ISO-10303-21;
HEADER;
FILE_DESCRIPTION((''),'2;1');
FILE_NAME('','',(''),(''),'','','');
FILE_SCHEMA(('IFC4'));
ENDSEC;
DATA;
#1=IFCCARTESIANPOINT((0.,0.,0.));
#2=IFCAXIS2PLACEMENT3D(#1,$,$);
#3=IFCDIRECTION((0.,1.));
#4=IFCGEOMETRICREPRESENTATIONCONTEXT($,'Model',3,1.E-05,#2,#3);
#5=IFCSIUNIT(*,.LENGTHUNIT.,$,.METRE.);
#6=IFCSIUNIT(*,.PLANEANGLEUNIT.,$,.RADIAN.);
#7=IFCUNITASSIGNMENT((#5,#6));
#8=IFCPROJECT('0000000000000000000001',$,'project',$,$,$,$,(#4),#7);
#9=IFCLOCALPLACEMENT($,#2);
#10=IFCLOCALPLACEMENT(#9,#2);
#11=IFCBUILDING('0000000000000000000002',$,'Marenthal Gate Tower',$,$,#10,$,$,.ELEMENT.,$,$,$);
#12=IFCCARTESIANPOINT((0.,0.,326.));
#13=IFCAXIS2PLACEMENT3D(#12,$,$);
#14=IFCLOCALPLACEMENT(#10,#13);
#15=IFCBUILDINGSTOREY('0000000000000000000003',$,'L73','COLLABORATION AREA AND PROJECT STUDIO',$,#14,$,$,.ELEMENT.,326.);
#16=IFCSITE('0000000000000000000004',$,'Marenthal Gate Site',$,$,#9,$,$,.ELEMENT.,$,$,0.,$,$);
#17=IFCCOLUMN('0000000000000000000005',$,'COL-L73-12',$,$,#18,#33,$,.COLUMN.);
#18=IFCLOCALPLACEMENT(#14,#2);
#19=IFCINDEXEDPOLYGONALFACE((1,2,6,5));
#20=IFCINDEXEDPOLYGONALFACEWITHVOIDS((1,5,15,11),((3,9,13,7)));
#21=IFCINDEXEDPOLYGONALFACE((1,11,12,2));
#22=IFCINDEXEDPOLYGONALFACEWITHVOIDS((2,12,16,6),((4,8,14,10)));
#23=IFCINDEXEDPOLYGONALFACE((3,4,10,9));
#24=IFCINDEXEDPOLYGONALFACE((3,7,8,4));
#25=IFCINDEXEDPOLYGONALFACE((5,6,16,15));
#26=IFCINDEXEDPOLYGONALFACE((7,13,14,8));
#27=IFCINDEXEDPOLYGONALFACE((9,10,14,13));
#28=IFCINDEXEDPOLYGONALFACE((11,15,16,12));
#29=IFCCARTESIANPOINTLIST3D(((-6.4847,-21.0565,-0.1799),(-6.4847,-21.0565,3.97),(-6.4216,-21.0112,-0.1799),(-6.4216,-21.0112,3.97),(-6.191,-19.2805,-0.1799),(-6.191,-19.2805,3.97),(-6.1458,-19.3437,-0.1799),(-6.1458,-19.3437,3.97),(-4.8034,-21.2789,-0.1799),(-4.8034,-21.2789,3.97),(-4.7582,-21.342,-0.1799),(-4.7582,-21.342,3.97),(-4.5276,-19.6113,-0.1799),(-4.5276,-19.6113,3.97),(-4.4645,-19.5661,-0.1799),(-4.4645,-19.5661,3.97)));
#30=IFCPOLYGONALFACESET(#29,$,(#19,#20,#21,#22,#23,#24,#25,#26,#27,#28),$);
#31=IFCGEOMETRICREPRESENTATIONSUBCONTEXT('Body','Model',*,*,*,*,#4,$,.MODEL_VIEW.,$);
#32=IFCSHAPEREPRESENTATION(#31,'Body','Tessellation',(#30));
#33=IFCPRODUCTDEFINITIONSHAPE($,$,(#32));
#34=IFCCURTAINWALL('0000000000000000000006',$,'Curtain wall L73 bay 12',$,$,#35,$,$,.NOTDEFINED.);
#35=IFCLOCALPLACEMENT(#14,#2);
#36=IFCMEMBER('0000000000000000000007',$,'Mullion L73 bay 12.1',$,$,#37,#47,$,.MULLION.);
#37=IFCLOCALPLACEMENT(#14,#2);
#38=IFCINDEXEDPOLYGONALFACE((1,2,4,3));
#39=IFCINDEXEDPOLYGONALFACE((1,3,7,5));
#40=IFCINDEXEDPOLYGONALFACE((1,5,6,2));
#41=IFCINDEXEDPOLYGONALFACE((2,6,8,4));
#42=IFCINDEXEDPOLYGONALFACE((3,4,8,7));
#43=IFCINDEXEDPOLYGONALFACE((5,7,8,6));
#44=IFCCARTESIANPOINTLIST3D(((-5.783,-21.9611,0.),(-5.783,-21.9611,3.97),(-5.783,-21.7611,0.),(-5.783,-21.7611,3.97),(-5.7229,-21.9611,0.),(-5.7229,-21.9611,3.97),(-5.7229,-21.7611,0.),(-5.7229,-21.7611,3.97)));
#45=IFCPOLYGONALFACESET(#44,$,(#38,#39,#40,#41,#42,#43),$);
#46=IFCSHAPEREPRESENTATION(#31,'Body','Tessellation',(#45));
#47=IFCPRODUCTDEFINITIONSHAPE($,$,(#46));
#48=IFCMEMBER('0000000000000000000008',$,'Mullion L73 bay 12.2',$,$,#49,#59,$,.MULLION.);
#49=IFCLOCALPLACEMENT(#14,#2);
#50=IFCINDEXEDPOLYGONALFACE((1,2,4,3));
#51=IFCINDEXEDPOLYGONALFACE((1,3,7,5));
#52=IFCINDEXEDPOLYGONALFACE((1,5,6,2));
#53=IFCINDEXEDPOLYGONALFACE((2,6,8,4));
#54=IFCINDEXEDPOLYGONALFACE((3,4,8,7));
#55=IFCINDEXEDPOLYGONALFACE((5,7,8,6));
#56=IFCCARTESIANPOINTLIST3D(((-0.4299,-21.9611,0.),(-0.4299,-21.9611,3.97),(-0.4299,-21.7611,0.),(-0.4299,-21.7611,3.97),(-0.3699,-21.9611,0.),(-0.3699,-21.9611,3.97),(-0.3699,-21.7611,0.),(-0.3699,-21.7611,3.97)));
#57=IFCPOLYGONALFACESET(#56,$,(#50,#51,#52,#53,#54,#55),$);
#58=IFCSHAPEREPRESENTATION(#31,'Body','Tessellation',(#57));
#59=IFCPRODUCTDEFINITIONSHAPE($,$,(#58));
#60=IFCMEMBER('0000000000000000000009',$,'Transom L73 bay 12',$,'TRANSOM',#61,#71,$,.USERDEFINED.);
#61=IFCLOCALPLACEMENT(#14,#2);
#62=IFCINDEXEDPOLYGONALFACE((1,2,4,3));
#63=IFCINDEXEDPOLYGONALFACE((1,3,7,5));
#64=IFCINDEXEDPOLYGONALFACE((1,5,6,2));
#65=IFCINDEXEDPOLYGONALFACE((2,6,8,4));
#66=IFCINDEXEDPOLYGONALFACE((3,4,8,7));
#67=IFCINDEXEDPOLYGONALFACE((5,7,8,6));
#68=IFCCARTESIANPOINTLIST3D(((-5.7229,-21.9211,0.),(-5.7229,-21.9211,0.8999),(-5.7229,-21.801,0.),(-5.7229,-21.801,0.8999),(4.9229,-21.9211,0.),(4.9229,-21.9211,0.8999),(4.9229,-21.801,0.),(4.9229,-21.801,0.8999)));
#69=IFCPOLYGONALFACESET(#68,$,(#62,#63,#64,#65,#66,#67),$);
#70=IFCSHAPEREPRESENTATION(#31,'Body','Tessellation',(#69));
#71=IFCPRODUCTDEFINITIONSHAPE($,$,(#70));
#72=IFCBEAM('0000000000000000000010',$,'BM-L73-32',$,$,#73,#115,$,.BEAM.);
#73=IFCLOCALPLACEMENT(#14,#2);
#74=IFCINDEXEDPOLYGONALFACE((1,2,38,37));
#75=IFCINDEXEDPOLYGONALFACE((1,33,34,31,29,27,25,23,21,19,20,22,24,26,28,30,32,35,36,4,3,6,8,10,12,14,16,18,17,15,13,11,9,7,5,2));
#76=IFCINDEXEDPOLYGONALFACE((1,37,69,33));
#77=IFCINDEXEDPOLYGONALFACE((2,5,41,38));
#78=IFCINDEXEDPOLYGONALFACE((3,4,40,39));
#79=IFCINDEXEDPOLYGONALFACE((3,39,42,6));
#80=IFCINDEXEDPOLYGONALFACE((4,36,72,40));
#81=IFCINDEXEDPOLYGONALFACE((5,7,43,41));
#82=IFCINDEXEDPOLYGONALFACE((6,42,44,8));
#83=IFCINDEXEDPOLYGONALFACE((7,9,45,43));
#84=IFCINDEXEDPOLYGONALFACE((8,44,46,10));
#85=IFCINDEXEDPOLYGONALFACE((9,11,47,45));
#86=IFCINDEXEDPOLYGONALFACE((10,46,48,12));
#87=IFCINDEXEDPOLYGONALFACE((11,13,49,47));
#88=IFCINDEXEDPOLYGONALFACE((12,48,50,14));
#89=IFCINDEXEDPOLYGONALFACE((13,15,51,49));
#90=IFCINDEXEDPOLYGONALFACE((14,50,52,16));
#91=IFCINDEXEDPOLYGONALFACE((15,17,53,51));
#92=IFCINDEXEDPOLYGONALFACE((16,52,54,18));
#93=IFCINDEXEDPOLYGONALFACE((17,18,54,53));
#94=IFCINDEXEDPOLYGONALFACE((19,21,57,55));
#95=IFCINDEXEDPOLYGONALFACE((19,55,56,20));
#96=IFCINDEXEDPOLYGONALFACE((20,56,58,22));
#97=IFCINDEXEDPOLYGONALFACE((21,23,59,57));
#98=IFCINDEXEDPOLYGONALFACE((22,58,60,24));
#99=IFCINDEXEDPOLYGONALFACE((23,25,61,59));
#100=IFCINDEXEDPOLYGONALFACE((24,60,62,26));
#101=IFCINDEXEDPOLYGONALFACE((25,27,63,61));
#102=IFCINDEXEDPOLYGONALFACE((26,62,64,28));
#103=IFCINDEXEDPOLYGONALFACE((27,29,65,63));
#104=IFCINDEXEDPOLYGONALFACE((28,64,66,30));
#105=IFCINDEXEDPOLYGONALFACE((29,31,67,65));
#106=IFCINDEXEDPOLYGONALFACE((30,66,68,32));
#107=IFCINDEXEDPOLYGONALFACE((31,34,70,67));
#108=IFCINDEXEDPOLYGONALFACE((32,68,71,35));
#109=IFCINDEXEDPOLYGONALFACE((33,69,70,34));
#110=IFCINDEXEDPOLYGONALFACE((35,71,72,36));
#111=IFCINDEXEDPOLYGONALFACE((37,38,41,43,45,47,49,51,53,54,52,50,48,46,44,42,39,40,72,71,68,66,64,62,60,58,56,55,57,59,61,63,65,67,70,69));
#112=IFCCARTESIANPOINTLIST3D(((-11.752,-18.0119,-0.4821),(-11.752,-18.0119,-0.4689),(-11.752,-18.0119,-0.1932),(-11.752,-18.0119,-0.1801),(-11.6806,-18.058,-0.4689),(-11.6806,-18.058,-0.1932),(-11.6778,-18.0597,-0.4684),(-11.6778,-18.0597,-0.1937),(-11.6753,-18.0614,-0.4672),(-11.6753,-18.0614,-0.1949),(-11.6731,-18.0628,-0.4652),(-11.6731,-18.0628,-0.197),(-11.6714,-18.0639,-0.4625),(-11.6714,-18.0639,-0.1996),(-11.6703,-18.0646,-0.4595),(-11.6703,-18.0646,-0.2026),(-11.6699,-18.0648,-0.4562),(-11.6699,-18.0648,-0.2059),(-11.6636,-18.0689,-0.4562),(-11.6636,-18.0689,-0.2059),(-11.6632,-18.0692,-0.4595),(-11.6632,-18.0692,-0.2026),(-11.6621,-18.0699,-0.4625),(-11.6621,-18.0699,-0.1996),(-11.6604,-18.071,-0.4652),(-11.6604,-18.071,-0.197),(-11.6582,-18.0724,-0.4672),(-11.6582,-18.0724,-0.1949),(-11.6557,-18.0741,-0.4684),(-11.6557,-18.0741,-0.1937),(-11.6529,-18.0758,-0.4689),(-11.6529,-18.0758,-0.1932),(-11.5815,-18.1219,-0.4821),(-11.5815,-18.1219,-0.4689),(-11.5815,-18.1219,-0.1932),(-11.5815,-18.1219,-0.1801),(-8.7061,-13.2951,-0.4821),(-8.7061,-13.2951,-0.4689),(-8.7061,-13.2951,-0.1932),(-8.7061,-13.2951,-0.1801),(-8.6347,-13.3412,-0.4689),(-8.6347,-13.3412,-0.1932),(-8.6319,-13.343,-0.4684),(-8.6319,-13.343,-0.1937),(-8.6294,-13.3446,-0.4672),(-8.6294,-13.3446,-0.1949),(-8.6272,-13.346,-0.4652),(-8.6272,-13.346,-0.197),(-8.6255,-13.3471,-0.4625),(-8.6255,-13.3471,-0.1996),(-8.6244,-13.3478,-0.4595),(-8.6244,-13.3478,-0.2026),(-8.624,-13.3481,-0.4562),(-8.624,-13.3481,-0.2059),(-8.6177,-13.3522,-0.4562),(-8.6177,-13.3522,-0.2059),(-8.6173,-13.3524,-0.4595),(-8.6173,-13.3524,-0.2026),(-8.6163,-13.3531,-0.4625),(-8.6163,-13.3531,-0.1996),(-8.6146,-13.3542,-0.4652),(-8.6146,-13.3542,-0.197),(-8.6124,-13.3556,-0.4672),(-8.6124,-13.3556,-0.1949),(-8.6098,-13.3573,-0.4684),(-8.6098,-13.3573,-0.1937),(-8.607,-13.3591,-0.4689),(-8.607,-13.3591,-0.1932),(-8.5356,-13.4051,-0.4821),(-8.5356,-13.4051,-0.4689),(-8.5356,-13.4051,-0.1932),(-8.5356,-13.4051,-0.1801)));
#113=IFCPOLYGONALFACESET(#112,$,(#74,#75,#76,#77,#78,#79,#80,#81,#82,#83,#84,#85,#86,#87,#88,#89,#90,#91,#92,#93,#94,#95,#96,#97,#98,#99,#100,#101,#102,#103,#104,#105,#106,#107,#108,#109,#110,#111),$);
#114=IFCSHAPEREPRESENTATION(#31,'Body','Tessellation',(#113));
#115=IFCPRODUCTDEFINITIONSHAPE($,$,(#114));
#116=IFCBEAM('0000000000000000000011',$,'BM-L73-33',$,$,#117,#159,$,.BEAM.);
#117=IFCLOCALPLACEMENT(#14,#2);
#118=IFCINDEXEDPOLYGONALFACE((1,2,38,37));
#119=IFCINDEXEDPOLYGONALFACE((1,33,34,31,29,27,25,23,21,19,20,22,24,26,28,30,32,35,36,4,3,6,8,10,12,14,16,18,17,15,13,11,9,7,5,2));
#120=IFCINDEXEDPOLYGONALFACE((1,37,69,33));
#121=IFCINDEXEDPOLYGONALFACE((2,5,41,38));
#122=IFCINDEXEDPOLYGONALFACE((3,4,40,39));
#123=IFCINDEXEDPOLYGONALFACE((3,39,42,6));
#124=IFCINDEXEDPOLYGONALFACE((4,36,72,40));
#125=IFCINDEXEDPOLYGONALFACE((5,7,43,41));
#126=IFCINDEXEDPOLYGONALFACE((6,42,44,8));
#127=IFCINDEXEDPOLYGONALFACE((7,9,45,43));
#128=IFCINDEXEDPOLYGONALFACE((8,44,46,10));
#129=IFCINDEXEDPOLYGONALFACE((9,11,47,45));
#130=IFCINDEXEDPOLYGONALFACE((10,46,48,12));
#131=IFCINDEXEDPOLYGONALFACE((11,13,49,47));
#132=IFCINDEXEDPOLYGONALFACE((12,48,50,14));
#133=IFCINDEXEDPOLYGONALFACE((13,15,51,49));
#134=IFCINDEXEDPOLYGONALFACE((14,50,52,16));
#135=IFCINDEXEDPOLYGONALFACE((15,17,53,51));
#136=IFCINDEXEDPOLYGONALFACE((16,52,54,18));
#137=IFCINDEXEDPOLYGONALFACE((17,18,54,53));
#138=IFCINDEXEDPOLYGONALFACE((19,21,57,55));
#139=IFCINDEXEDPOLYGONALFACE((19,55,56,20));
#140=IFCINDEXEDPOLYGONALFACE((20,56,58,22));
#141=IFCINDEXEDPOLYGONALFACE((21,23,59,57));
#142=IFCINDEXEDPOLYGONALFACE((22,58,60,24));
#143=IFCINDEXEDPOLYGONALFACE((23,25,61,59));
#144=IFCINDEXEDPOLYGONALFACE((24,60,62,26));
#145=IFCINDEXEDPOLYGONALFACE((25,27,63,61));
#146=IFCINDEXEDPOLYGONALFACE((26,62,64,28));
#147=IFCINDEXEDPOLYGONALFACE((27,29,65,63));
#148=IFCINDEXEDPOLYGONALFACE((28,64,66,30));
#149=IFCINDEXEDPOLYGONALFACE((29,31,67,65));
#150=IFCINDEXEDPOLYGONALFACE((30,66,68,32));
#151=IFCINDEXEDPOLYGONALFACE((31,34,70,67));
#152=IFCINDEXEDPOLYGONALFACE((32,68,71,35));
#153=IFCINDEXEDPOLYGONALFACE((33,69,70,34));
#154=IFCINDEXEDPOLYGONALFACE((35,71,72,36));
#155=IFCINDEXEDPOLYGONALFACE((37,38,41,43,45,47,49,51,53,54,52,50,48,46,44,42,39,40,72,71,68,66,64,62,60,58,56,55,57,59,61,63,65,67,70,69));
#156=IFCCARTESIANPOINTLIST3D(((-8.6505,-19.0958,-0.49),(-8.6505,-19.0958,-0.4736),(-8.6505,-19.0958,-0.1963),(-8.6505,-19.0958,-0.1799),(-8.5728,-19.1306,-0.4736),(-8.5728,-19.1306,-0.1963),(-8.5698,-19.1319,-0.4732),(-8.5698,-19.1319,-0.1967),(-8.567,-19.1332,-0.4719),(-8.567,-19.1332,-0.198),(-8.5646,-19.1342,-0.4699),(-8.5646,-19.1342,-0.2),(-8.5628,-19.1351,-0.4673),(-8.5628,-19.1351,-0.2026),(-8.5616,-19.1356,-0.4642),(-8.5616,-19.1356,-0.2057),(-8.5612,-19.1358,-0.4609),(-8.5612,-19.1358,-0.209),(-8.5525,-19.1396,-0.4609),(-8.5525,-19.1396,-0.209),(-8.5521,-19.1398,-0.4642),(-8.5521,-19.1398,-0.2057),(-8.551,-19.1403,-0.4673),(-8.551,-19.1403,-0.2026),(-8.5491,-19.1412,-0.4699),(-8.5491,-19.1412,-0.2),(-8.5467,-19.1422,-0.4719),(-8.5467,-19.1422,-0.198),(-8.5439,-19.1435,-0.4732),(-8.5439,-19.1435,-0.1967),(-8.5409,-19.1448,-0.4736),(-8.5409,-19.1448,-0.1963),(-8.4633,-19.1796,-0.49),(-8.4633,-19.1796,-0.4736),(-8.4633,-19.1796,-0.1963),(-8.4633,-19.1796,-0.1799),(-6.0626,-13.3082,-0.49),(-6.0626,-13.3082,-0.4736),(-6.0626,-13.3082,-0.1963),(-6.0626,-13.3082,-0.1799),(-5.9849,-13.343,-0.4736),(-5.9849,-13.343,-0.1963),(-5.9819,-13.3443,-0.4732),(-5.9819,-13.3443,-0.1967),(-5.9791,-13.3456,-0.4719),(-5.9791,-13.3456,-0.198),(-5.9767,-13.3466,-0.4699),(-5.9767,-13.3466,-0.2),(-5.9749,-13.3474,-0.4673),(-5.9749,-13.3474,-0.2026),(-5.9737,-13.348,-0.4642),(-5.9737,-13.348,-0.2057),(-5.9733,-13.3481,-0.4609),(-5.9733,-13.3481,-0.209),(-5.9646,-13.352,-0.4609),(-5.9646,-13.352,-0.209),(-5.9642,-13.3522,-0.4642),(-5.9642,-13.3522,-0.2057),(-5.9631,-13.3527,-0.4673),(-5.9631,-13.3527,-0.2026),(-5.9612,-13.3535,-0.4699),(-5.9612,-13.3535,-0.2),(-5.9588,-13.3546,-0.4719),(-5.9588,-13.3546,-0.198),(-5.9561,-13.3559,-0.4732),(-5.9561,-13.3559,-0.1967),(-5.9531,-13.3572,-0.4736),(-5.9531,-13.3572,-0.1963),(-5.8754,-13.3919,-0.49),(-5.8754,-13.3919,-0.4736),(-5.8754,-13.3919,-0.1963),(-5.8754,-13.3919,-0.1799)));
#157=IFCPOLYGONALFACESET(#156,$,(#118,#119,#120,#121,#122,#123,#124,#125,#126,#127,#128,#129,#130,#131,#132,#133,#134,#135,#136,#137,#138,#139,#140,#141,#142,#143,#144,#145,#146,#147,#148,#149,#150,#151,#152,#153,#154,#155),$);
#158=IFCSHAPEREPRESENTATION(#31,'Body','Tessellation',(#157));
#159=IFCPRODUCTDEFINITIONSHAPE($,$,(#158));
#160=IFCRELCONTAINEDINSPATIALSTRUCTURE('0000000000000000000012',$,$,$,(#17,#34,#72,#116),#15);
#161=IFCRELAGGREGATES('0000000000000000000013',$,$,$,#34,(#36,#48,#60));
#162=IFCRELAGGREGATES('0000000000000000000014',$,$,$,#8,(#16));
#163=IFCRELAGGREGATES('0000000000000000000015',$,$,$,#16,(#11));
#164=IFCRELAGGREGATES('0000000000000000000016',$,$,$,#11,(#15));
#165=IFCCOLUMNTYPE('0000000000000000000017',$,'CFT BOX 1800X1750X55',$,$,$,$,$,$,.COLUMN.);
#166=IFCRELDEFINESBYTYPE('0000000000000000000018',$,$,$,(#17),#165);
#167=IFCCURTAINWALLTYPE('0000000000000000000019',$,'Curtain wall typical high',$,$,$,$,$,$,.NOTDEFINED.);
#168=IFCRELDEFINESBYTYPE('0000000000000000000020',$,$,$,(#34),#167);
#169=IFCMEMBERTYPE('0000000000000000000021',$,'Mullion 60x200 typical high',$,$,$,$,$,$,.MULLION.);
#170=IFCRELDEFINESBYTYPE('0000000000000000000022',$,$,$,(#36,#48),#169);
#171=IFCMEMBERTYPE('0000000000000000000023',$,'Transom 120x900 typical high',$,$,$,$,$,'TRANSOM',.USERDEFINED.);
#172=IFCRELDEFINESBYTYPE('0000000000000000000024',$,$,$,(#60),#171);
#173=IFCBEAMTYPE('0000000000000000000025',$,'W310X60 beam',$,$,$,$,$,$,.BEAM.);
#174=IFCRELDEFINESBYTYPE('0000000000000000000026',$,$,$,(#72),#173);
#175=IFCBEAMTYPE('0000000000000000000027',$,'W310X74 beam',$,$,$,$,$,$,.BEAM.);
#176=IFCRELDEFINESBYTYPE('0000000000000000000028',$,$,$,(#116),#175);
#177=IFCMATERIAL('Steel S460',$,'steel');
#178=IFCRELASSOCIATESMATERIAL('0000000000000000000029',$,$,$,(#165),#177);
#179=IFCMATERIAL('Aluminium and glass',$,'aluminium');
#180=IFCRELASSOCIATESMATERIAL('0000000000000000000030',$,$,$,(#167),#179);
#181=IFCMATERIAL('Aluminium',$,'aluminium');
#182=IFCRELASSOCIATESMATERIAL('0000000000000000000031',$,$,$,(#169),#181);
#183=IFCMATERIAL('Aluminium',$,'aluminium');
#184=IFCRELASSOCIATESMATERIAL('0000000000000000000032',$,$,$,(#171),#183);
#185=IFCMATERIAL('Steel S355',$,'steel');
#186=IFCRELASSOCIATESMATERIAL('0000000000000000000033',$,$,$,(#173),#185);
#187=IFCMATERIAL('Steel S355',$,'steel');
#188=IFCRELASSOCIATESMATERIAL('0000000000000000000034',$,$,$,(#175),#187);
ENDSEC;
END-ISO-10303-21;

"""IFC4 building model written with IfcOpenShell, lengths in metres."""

from ifc_helpers import new_model, si_unit, direction, frame, origin, origin_2d, place, context, subcontext, project, spatial, rectangle, hollow_rectangle, i_section, extrude, material, material_profile, profile_set, type_object, element, aggregate, save


model = new_model("IFC4")

# Units and contexts
model_context = context("Model", 3, precision=1e-05, world=origin(), true_north=direction((0.0, 1.0)))
body_context = subcontext(model_context, "Body", "Model", "MODEL_VIEW")
ifc_project = project(units=[si_unit("LENGTHUNIT", "METRE"), si_unit("PLANEANGLEUNIT", "RADIAN")], contexts=[model_context])

# Site, building, storey
site_placement = place(None, origin())
site = spatial("IfcSite", under=ifc_project, at=site_placement, Name="Marenthal Gate Site", CompositionType="ELEMENT", RefElevation=0.0)
building_placement = place(site_placement, origin())
building = spatial("IfcBuilding", under=site, at=building_placement, Name="Marenthal Gate Tower", CompositionType="ELEMENT")
storey_placement = place(building_placement, frame((0.0, 0.0, 326.0)))
storey = spatial("IfcBuildingStorey", under=building, at=storey_placement, Name="L73", Description="COLLABORATION AREA AND PROJECT STUDIO", CompositionType="ELEMENT", Elevation=326.0)

# Column
ifc_material_1 = material(Name="Steel S460", Category="steel")
ifc_material_profile_1 = material_profile(ifc_material_1, hollow_rectangle(XDim=1.75, YDim=1.8, WallThickness=0.0549, at=origin_2d()), Name="CFT BOX 1800X1750X55")
ifc_material_2 = material(Name="Concrete 70 MPa", Category="concrete")
ifc_material_profile_2 = material_profile(ifc_material_2, rectangle(XDim=1.6399, YDim=1.6899, at=origin_2d()), Name="CFT BOX 1800X1750X55 INFILL")
ifc_profile_set_1 = profile_set([ifc_material_profile_1, ifc_material_profile_2], Name="Steel S460 shell, Concrete 70 MPa infill")
column_type = type_object("IfcColumnType", Name="CFT BOX 1800X1750X55", PredefinedType="COLUMN", material=ifc_profile_set_1)
column_placement = place(storey_placement, frame((-5.4746, -20.3113, -0.1799), z_axis=(0.0, 0.0, 1.0), x_axis=(-0.986599, 0.163164, 0.0)))
element("IfcColumn", 1, at=column_placement, inside=storey, type_object=column_type, Name="COL-L73-12", PredefinedType="COLUMN", context=body_context, shape_type="SweptSolid", body=[
    extrude(hollow_rectangle(XDim=1.75, YDim=1.8, WallThickness=0.0549, at=origin_2d()), origin(), (0.0, 0.0, 1.0), 4.1499),
])

# Curtain wall, members
ifc_material_3 = material(Name="Aluminium and glass", Category="aluminium")
curtain_wall_type = type_object("IfcCurtainWallType", Name="Curtain wall typical high", PredefinedType="NOTDEFINED", material=ifc_material_3)
curtain_wall_placement = place(storey_placement, origin())
curtain_wall = element("IfcCurtainWall", 2, at=curtain_wall_placement, inside=storey, type_object=curtain_wall_type, Name="Curtain wall L73 bay 12", PredefinedType="NOTDEFINED")
ifc_material_4 = material(Name="Aluminium", Category="aluminium")
ifc_material_profile_3 = material_profile(ifc_material_4, rectangle(XDim=0.2, YDim=0.0601, at=origin_2d()), Name="60x200 aluminium mullion")
ifc_profile_set_2 = profile_set([ifc_material_profile_3], Name="Aluminium")
member_type_1 = type_object("IfcMemberType", Name="Mullion 60x200 typical high", PredefinedType="MULLION", material=ifc_profile_set_2)
member_1_placement = place(storey_placement, frame((-5.7529, -21.8611, 0.0), z_axis=(0.0, 0.0, 1.0), x_axis=(0.0, 1.0, 0.0)))
member_1 = element("IfcMember", 3, at=member_1_placement, type_object=member_type_1, Name="Mullion L73 bay 12.1", PredefinedType="MULLION", context=body_context, shape_type="SweptSolid", body=[
    extrude(rectangle(XDim=0.2, YDim=0.0601, at=origin_2d()), origin(), (0.0, 0.0, 1.0), 3.97),
])
member_2_placement = place(storey_placement, frame((-0.3999, -21.8611, 0.0), z_axis=(0.0, 0.0, 1.0), x_axis=(0.0, 1.0, 0.0)))
member_2 = element("IfcMember", 4, at=member_2_placement, type_object=member_type_1, Name="Mullion L73 bay 12.2", PredefinedType="MULLION", context=body_context, shape_type="SweptSolid", body=[
    extrude(rectangle(XDim=0.2, YDim=0.0601, at=origin_2d()), origin(), (0.0, 0.0, 1.0), 3.97),
])
ifc_material_5 = material(Name="Aluminium", Category="aluminium")
ifc_material_profile_4 = material_profile(ifc_material_5, rectangle(XDim=0.1201, YDim=0.8999, at=origin_2d()), Name="120x900 aluminium transom")
ifc_profile_set_3 = profile_set([ifc_material_profile_4], Name="Aluminium")
member_type_2 = type_object("IfcMemberType", Name="Transom 120x900 typical high", ElementType="TRANSOM", PredefinedType="USERDEFINED", material=ifc_profile_set_3)
member_3_placement = place(storey_placement, frame((-5.7229, -21.8611, 0.45), z_axis=(1.0, 0.0, 0.0), x_axis=(0.0, 1.0, 0.0)))
member_3 = element("IfcMember", 5, at=member_3_placement, type_object=member_type_2, Name="Transom L73 bay 12", ObjectType="TRANSOM", PredefinedType="USERDEFINED", context=body_context, shape_type="SweptSolid", body=[
    extrude(rectangle(XDim=0.1201, YDim=0.8999, at=origin_2d()), origin(), (0.0, 0.0, 1.0), 10.6458),
])

# Beams
ifc_material_6 = material(Name="Steel S355", Category="steel")
ifc_material_profile_5 = material_profile(ifc_material_6, i_section(OverallWidth=0.2029, OverallDepth=0.302, WebThickness=0.0076, FlangeThickness=0.0132, FilletRadius=0.0127, at=origin_2d()), Name="W310X60")
ifc_profile_set_4 = profile_set([ifc_material_profile_5], Name="Steel S355")
beam_type_1 = type_object("IfcBeamType", Name="W310X60 beam", PredefinedType="BEAM", material=ifc_profile_set_4)
beam_1_placement = place(storey_placement, frame((-11.6667, -18.0669, -0.3311), z_axis=(0.542479, 0.840069, 0.0), x_axis=(-0.840069, 0.542479, 0.0)))
element("IfcBeam", 6, at=beam_1_placement, inside=storey, type_object=beam_type_1, Name="BM-L73-32", PredefinedType="BEAM", context=body_context, shape_type="SweptSolid", body=[
    extrude(i_section(OverallWidth=0.2029, OverallDepth=0.302, WebThickness=0.0076, FlangeThickness=0.0132, FilletRadius=0.0127, at=origin_2d()), origin(), (0.0, 0.0, 1.0), 5.6147),
])
ifc_material_7 = material(Name="Steel S355", Category="steel")
ifc_material_profile_6 = material_profile(ifc_material_7, i_section(OverallWidth=0.2051, OverallDepth=0.3101, WebThickness=0.0095, FlangeThickness=0.0164, FilletRadius=0.0127, at=origin_2d()), Name="W310X74")
ifc_profile_set_5 = profile_set([ifc_material_profile_6], Name="Steel S355")
beam_type_2 = type_object("IfcBeamType", Name="W310X74 beam", PredefinedType="BEAM", material=ifc_profile_set_5)
beam_2_placement = place(storey_placement, frame((-8.5569, -19.1377, -0.335), z_axis=(0.408195, 0.912895, 0.0), x_axis=(-0.912895, 0.408195, 0.0)))
element("IfcBeam", 7, at=beam_2_placement, inside=storey, type_object=beam_type_2, Name="BM-L73-33", PredefinedType="BEAM", context=body_context, shape_type="SweptSolid", body=[
    extrude(i_section(OverallWidth=0.2051, OverallDepth=0.3101, WebThickness=0.0095, FlangeThickness=0.0164, FilletRadius=0.0127, at=origin_2d()), origin(), (0.0, 0.0, 1.0), 6.3398),
])

aggregate(curtain_wall, [member_1, member_2, member_3])

save(model, "model.ifc")
